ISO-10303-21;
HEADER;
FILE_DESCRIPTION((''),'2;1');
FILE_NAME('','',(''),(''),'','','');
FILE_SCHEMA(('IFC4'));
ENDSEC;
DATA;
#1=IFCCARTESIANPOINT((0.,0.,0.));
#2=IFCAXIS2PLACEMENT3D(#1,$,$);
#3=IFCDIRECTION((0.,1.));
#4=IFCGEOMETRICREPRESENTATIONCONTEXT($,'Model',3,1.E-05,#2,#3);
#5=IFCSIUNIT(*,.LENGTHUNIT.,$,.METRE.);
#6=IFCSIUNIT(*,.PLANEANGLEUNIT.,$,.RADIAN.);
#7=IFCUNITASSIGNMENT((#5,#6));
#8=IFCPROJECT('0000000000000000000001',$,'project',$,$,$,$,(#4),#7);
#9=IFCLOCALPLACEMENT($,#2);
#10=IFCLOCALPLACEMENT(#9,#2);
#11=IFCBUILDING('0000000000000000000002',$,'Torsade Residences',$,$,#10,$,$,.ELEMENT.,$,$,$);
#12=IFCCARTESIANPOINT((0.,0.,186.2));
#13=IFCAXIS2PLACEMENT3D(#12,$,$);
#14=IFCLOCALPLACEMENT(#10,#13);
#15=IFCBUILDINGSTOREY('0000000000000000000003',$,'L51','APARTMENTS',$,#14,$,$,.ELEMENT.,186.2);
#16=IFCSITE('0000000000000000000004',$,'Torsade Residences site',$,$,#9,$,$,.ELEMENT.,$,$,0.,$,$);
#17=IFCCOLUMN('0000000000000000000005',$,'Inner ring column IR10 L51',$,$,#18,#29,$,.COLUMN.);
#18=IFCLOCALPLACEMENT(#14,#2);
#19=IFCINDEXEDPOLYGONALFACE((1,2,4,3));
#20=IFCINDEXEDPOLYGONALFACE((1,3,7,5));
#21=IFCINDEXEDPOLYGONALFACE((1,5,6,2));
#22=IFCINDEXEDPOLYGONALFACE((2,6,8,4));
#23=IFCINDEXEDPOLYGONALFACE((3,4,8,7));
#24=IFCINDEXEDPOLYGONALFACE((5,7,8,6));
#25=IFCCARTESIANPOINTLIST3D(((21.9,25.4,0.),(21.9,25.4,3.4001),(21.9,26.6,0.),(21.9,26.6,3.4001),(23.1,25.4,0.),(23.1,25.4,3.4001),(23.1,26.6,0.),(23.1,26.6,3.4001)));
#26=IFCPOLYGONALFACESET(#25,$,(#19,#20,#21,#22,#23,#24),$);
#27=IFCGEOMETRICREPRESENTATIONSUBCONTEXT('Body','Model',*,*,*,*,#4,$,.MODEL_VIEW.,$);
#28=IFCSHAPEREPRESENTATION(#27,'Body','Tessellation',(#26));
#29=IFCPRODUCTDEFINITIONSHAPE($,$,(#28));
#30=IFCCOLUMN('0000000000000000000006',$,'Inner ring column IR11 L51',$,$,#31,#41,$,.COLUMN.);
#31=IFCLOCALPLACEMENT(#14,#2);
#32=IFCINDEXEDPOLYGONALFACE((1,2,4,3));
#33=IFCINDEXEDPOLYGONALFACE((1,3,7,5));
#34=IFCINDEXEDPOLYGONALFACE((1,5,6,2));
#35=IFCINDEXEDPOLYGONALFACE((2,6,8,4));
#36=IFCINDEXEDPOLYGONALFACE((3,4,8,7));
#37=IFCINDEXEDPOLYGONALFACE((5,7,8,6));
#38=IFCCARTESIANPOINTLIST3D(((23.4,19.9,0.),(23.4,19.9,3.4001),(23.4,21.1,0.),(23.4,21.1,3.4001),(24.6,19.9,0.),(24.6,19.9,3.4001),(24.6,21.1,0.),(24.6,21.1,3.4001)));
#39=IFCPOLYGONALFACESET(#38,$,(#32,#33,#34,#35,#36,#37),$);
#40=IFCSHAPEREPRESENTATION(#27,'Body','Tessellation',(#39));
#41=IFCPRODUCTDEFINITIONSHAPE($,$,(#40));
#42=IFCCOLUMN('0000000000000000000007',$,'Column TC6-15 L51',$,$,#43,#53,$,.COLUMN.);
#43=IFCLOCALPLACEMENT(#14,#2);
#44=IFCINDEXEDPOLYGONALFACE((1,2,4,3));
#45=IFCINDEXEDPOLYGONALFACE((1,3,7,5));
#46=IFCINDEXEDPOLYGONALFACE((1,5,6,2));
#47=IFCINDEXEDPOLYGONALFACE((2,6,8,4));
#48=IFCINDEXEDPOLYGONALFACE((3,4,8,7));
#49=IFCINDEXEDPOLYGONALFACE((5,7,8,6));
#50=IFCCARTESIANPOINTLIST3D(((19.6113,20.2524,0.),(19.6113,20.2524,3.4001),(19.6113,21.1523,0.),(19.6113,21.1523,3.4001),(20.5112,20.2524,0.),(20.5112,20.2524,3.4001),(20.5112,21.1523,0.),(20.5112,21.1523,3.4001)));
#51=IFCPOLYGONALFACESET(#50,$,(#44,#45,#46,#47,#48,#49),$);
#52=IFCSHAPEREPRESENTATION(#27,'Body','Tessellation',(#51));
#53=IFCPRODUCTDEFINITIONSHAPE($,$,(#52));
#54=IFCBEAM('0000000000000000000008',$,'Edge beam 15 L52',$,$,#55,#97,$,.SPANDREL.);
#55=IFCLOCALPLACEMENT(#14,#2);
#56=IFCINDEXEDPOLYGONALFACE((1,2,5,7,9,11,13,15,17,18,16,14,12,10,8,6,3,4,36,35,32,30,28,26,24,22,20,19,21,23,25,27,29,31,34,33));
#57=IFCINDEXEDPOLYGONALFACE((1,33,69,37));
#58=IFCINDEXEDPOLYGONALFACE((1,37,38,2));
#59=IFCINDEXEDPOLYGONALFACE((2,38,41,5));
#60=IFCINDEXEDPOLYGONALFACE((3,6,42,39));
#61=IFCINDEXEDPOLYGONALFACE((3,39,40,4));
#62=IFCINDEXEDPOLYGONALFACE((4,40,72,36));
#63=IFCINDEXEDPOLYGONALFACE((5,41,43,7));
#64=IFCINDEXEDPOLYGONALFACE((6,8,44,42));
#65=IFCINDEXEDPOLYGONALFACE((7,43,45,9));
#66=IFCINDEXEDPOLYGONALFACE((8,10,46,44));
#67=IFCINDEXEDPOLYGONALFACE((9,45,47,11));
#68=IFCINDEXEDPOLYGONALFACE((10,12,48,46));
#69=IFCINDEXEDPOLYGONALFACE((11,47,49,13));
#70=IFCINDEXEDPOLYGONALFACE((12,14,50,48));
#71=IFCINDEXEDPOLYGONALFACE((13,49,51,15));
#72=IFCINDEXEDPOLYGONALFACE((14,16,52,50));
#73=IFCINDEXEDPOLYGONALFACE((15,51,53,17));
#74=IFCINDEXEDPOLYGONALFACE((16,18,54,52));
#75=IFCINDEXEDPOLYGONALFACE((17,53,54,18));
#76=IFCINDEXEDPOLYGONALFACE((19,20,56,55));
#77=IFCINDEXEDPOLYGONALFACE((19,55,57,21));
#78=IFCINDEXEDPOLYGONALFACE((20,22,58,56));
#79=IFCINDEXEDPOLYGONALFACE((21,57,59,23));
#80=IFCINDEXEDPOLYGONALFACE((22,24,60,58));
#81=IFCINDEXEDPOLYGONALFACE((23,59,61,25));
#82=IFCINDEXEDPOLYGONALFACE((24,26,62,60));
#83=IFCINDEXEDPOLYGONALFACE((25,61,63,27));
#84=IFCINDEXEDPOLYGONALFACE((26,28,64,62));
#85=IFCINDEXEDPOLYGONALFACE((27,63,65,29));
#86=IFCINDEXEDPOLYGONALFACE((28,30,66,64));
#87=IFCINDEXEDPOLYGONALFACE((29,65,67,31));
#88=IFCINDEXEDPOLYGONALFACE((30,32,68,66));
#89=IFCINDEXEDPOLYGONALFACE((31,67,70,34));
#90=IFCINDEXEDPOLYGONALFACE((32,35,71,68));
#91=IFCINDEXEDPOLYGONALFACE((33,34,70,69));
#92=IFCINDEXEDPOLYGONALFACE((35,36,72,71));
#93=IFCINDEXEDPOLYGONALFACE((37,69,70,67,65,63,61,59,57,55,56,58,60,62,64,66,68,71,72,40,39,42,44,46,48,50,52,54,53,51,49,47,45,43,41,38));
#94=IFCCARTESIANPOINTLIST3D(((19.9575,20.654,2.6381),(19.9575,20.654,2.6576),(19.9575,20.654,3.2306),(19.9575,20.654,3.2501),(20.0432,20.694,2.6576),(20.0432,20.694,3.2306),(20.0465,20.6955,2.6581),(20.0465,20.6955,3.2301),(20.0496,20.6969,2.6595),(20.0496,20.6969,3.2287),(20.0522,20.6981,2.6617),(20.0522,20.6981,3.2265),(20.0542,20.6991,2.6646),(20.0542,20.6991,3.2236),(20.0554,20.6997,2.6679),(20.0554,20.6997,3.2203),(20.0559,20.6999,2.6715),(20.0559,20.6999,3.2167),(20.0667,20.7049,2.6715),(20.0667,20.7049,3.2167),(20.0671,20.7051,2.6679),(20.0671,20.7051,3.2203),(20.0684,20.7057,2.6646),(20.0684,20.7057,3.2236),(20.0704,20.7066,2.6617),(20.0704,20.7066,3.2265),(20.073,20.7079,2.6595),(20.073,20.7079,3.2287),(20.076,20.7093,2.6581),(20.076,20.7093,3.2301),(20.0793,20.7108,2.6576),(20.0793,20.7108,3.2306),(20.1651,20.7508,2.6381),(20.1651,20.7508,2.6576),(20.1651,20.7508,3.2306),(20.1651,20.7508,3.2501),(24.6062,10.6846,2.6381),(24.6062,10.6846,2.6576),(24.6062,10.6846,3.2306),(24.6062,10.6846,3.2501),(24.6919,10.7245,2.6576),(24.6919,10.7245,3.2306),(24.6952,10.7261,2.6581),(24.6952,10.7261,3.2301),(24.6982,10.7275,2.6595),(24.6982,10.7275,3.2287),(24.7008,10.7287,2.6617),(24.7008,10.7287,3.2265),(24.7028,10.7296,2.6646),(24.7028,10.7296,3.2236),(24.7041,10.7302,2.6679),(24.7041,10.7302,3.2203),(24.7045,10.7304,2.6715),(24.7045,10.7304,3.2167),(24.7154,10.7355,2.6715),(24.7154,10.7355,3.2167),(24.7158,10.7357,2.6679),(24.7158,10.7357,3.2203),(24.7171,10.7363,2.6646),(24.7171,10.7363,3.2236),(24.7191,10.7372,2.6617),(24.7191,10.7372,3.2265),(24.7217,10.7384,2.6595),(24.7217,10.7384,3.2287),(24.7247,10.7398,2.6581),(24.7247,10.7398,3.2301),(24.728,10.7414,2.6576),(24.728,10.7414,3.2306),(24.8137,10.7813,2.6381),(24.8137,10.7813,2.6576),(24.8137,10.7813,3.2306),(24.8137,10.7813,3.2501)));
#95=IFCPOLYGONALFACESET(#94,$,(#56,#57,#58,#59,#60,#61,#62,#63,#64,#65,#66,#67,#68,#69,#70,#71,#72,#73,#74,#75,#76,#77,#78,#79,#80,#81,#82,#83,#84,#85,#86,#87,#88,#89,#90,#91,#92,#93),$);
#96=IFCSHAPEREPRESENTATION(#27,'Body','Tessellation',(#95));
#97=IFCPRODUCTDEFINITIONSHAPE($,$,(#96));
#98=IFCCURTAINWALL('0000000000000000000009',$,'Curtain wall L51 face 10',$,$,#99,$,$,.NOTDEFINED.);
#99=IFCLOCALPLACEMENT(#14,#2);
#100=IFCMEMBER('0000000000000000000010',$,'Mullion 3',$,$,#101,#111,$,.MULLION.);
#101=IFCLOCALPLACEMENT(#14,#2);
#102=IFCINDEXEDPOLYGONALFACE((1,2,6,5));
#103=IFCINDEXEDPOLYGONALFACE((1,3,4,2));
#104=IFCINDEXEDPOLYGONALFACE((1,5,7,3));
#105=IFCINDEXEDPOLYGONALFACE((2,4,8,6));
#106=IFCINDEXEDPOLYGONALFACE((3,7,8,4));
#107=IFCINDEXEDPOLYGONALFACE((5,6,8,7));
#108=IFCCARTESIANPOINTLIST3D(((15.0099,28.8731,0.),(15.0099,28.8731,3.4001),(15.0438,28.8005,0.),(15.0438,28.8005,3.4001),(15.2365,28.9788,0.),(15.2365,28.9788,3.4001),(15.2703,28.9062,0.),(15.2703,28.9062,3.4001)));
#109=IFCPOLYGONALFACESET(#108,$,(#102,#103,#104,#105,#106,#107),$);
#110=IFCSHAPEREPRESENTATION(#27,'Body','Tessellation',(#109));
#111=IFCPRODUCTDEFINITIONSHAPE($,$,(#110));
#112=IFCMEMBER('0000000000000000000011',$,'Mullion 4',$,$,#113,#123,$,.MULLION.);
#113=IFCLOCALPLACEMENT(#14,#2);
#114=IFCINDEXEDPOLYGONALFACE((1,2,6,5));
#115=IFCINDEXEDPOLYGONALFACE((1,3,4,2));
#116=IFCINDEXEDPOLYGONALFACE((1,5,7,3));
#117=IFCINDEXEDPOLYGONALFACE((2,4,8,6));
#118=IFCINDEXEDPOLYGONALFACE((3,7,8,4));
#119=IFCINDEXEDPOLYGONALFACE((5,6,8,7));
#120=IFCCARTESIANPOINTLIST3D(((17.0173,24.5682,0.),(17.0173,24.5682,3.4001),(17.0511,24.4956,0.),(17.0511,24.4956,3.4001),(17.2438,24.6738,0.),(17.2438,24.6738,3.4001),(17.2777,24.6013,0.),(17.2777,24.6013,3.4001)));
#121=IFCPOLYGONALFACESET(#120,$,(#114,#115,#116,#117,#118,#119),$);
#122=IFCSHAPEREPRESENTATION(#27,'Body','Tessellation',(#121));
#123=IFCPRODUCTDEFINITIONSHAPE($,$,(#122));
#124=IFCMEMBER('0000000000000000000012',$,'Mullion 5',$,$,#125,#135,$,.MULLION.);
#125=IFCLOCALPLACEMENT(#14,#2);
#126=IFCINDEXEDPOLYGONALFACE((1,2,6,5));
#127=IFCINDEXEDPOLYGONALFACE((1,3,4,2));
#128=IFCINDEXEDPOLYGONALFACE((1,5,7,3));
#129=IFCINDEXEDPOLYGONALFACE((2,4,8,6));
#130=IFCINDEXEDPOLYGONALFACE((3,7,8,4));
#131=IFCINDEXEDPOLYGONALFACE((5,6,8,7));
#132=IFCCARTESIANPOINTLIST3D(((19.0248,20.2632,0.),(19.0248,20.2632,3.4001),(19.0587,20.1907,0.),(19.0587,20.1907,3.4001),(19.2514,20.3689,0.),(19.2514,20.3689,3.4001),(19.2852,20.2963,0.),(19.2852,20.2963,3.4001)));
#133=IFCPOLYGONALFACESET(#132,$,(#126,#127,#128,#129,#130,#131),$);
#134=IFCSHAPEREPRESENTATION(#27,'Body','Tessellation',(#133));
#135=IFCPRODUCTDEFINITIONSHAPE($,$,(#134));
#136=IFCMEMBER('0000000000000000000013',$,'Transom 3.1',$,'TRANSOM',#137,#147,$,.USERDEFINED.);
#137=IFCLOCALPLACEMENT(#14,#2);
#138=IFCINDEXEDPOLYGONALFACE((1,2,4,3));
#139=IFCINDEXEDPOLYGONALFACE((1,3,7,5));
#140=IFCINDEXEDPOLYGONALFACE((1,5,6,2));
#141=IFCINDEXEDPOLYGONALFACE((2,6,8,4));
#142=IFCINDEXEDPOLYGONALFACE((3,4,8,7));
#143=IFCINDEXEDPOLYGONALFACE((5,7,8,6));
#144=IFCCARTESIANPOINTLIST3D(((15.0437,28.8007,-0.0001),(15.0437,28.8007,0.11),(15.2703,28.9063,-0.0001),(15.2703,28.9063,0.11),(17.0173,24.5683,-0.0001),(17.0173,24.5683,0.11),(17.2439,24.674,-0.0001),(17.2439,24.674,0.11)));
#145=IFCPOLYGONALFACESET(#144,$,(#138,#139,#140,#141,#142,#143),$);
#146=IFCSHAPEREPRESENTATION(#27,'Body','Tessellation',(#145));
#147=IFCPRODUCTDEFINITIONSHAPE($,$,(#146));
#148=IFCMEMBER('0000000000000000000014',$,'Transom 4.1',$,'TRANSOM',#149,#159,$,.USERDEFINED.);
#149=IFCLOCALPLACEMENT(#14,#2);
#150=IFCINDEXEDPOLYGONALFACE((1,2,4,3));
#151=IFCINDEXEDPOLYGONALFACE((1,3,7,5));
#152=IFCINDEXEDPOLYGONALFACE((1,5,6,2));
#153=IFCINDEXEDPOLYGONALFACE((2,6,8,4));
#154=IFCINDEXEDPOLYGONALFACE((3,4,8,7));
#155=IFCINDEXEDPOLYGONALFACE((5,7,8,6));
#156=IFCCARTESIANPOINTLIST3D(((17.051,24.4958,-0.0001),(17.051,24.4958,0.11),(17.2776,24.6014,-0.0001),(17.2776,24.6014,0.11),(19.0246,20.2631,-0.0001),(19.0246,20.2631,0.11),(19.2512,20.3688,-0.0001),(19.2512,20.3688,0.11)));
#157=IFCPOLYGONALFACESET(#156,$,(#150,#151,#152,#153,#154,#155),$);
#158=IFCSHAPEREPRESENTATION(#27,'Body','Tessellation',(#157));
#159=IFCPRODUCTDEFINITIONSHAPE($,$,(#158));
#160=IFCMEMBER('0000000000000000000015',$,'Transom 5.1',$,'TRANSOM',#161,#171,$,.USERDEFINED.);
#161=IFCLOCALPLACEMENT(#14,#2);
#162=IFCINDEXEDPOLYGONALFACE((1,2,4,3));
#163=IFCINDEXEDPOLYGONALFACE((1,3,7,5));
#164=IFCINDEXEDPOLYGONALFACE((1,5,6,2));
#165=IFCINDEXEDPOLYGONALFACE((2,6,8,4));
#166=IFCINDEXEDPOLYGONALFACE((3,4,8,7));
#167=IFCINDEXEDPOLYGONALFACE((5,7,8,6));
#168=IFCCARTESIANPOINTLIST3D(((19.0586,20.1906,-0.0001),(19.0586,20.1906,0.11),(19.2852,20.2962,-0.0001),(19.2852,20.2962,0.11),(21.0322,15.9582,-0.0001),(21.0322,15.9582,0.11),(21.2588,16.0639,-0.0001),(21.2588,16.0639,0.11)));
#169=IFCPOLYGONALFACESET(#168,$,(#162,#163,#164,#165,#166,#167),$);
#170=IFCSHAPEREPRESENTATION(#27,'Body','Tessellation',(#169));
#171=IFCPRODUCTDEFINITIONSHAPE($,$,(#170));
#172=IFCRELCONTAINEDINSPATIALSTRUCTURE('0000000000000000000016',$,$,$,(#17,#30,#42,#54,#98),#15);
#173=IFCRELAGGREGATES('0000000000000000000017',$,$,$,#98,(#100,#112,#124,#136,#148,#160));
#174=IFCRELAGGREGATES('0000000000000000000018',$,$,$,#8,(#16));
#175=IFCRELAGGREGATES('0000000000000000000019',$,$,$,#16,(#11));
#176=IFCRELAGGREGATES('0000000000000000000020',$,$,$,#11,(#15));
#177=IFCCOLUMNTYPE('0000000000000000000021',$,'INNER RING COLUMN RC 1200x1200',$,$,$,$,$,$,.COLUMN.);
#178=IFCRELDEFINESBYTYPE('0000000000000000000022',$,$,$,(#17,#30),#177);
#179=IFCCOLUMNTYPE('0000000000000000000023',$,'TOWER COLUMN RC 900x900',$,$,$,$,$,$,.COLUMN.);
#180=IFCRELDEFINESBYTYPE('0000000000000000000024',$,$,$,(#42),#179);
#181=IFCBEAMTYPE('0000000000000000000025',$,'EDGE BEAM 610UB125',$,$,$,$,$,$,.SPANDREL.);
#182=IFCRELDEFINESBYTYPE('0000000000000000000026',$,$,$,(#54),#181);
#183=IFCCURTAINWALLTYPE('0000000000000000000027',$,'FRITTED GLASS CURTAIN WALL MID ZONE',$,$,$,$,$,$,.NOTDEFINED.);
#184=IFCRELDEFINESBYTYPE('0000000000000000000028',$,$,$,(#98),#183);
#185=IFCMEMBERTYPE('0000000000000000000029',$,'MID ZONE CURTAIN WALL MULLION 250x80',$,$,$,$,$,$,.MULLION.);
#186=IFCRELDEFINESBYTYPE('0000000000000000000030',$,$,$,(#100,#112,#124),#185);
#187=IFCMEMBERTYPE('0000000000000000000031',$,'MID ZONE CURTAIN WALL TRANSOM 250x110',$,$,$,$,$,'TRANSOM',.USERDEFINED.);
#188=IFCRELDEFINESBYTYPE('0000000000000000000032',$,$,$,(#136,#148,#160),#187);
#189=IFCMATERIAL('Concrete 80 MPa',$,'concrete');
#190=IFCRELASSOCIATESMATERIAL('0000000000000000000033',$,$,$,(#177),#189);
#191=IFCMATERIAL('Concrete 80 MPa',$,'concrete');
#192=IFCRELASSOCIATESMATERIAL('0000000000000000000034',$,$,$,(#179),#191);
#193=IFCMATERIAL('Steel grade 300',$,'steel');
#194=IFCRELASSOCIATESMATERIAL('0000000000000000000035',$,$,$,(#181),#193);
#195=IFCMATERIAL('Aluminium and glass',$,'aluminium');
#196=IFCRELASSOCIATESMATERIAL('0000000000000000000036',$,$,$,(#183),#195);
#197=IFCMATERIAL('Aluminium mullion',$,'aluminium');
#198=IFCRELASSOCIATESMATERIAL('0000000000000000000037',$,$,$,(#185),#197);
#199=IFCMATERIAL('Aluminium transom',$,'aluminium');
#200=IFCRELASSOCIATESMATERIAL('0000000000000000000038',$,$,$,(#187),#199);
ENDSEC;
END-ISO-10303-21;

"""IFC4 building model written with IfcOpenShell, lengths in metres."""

from ifc_helpers import new_model, si_unit, direction, frame, origin, origin_2d, place, context, subcontext, project, spatial, rectangle, i_section, extrude, material, material_profile, profile_set, type_object, element, aggregate, save


model = new_model("IFC4")

# Units and contexts
model_context = context("Model", 3, precision=1e-05, world=origin(), true_north=direction((0.0, 1.0)))
body_context = subcontext(model_context, "Body", "Model", "MODEL_VIEW")
ifc_project = project(units=[si_unit("LENGTHUNIT", "METRE"), si_unit("PLANEANGLEUNIT", "RADIAN")], contexts=[model_context])

# Site, building, storey
site_placement = place(None, origin())
site = spatial("IfcSite", under=ifc_project, at=site_placement, Name="Torsade Residences site", CompositionType="ELEMENT", RefElevation=0.0)
building_placement = place(site_placement, origin())
building = spatial("IfcBuilding", under=site, at=building_placement, Name="Torsade Residences", CompositionType="ELEMENT")
storey_placement = place(building_placement, frame((0.0, 0.0, 186.2)))
storey = spatial("IfcBuildingStorey", under=building, at=storey_placement, Name="L51", Description="APARTMENTS", CompositionType="ELEMENT", Elevation=186.2)

# Columns
ifc_material_1 = material(Name="Concrete 80 MPa", Category="concrete")
ifc_material_profile_1 = material_profile(ifc_material_1, rectangle(XDim=1.2, YDim=1.2, at=origin_2d()), Name="RC 1200x1200")
ifc_profile_set_1 = profile_set([ifc_material_profile_1], Name="Concrete 80 MPa")
column_type_1 = type_object("IfcColumnType", Name="INNER RING COLUMN RC 1200x1200", PredefinedType="COLUMN", material=ifc_profile_set_1)
for number, where, z_axis, x_axis, name in (
    (1, (22.5, 26.0, 0.0), (0.0, 0.0, 1.0), (1.0, 0.0, 0.0), "Inner ring column IR10 L51"),
    (2, (24.0, 20.5, 0.0), (0.0, 0.0, 1.0), (1.0, 0.0, 0.0), "Inner ring column IR11 L51"),
):
    element("IfcColumn", number, at=place(storey_placement, frame(where, z_axis=z_axis, x_axis=x_axis)), inside=storey, type_object=column_type_1, Name=name, PredefinedType="COLUMN", context=body_context, shape_type="SweptSolid", body=[
        extrude(rectangle(XDim=1.2, YDim=1.2, at=origin_2d()), origin(), (0.0, 0.0, 1.0), 3.4001),
    ])
ifc_material_2 = material(Name="Concrete 80 MPa", Category="concrete")
ifc_material_profile_2 = material_profile(ifc_material_2, rectangle(XDim=0.8999, YDim=0.8999, at=origin_2d()), Name="RC 900x900")
ifc_profile_set_2 = profile_set([ifc_material_profile_2], Name="Concrete 80 MPa")
column_type_2 = type_object("IfcColumnType", Name="TOWER COLUMN RC 900x900", PredefinedType="COLUMN", material=ifc_profile_set_2)
column_placement = place(storey_placement, frame((20.0613, 20.7024, 0.0), z_axis=(0.0, 0.0, 1.0), x_axis=(1.0, 0.0, 0.0)))
element("IfcColumn", 3, at=column_placement, inside=storey, type_object=column_type_2, Name="Column TC6-15 L51", PredefinedType="COLUMN", context=body_context, shape_type="SweptSolid", body=[
    extrude(rectangle(XDim=0.8999, YDim=0.8999, at=origin_2d()), origin(), (0.0, 0.0, 1.0), 3.4001),
])

# Beam
ifc_material_3 = material(Name="Steel grade 300", Category="steel")
ifc_material_profile_3 = material_profile(ifc_material_3, i_section(OverallWidth=0.229, OverallDepth=0.6121, WebThickness=0.012, FlangeThickness=0.0195, FilletRadius=0.0139, at=origin_2d()), Name="610UB125")
ifc_profile_set_3 = profile_set([ifc_material_profile_3], Name="Steel grade 300")
beam_type_1 = type_object("IfcBeamType", Name="EDGE BEAM 610UB125", PredefinedType="SPANDREL", material=ifc_profile_set_3)
beam_1_placement = place(storey_placement, frame((20.0613, 20.7024, 2.9441), z_axis=(0.422606, -0.906314, 0.0), x_axis=(0.906314, 0.422606, 0.0)))
element("IfcBeam", 4, at=beam_1_placement, inside=storey, type_object=beam_type_1, Name="Edge beam 15 L52", PredefinedType="SPANDREL", context=body_context, shape_type="SweptSolid", body=[
    extrude(i_section(OverallWidth=0.229, OverallDepth=0.6121, WebThickness=0.012, FlangeThickness=0.0195, FilletRadius=0.0139, at=origin_2d()), origin(), (0.0, 0.0, 1.0), 11.0),
])

# Curtain wall, members
ifc_material_4 = material(Name="Aluminium and glass", Category="aluminium")
curtain_wall_type = type_object("IfcCurtainWallType", Name="FRITTED GLASS CURTAIN WALL MID ZONE", PredefinedType="NOTDEFINED", material=ifc_material_4)
curtain_wall_placement = place(storey_placement, origin())
curtain_wall = element("IfcCurtainWall", 5, at=curtain_wall_placement, inside=storey, type_object=curtain_wall_type, Name="Curtain wall L51 face 10", PredefinedType="NOTDEFINED")
ifc_material_5 = material(Name="Aluminium mullion", Category="aluminium")
ifc_material_profile_4 = material_profile(ifc_material_5, rectangle(XDim=0.25, YDim=0.0801, at=origin_2d()), Name="MID ZONE CURTAIN WALL MULLION 250x80")
ifc_profile_set_4 = profile_set([ifc_material_profile_4], Name="Aluminium mullion")
member_type_1 = type_object("IfcMemberType", Name="MID ZONE CURTAIN WALL MULLION 250x80", PredefinedType="MULLION", material=ifc_profile_set_4)
member_1_placement = place(storey_placement, frame((15.1401, 28.8896, 0.0), z_axis=(0.0, 0.0, 1.0), x_axis=(0.906308, 0.422618, 0.0)))
member_1 = element("IfcMember", 6, at=member_1_placement, type_object=member_type_1, Name="Mullion 3", PredefinedType="MULLION", context=body_context, shape_type="SweptSolid", body=[
    extrude(rectangle(XDim=0.25, YDim=0.0801, at=origin_2d()), origin(), (0.0, 0.0, 1.0), 3.4001),
])
member_2_placement = place(storey_placement, frame((17.1475, 24.5847, 0.0), z_axis=(0.0, 0.0, 1.0), x_axis=(0.906308, 0.422618, 0.0)))
member_2 = element("IfcMember", 7, at=member_2_placement, type_object=member_type_1, Name="Mullion 4", PredefinedType="MULLION", context=body_context, shape_type="SweptSolid", body=[
    extrude(rectangle(XDim=0.25, YDim=0.0801, at=origin_2d()), origin(), (0.0, 0.0, 1.0), 3.4001),
])
member_3_placement = place(storey_placement, frame((19.155, 20.2798, 0.0), z_axis=(0.0, 0.0, 1.0), x_axis=(0.906308, 0.422618, 0.0)))
member_3 = element("IfcMember", 8, at=member_3_placement, type_object=member_type_1, Name="Mullion 5", PredefinedType="MULLION", context=body_context, shape_type="SweptSolid", body=[
    extrude(rectangle(XDim=0.25, YDim=0.0801, at=origin_2d()), origin(), (0.0, 0.0, 1.0), 3.4001),
])
ifc_material_6 = material(Name="Aluminium transom", Category="aluminium")
ifc_material_profile_5 = material_profile(ifc_material_6, rectangle(XDim=0.25, YDim=0.1101, at=origin_2d()), Name="MID ZONE CURTAIN WALL TRANSOM 250x110")
ifc_profile_set_5 = profile_set([ifc_material_profile_5], Name="Aluminium transom")
member_type_2 = type_object("IfcMemberType", Name="MID ZONE CURTAIN WALL TRANSOM 250x110", ElementType="TRANSOM", PredefinedType="USERDEFINED", material=ifc_profile_set_5)
member_4_placement = place(storey_placement, frame((15.157, 28.8535, 0.0549), z_axis=(0.422622, -0.906306, 0.0), x_axis=(0.906306, 0.422622, 0.0)))
member_4 = element("IfcMember", 9, at=member_4_placement, type_object=member_type_2, Name="Transom 3.1", ObjectType="TRANSOM", PredefinedType="USERDEFINED", context=body_context, shape_type="SweptSolid", body=[
    extrude(rectangle(XDim=0.25, YDim=0.1101, at=origin_2d()), origin(), (0.0, 0.0, 1.0), 4.6699),
])
member_5_placement = place(storey_placement, frame((17.1643, 24.5486, 0.0549), z_axis=(0.422602, -0.906315, 0.0), x_axis=(0.906315, 0.422602, 0.0)))
member_5 = element("IfcMember", 10, at=member_5_placement, type_object=member_type_2, Name="Transom 4.1", ObjectType="TRANSOM", PredefinedType="USERDEFINED", context=body_context, shape_type="SweptSolid", body=[
    extrude(rectangle(XDim=0.25, YDim=0.1101, at=origin_2d()), origin(), (0.0, 0.0, 1.0), 4.6702),
])
member_6_placement = place(storey_placement, frame((19.1719, 20.2434, 0.0549), z_axis=(0.422622, -0.906306, 0.0), x_axis=(0.906306, 0.422622, 0.0)))
member_6 = element("IfcMember", 11, at=member_6_placement, type_object=member_type_2, Name="Transom 5.1", ObjectType="TRANSOM", PredefinedType="USERDEFINED", context=body_context, shape_type="SweptSolid", body=[
    extrude(rectangle(XDim=0.25, YDim=0.1101, at=origin_2d()), origin(), (0.0, 0.0, 1.0), 4.6699),
])

aggregate(curtain_wall, [member_1, member_2, member_3, member_4, member_5, member_6])

save(model, "model.ifc")
